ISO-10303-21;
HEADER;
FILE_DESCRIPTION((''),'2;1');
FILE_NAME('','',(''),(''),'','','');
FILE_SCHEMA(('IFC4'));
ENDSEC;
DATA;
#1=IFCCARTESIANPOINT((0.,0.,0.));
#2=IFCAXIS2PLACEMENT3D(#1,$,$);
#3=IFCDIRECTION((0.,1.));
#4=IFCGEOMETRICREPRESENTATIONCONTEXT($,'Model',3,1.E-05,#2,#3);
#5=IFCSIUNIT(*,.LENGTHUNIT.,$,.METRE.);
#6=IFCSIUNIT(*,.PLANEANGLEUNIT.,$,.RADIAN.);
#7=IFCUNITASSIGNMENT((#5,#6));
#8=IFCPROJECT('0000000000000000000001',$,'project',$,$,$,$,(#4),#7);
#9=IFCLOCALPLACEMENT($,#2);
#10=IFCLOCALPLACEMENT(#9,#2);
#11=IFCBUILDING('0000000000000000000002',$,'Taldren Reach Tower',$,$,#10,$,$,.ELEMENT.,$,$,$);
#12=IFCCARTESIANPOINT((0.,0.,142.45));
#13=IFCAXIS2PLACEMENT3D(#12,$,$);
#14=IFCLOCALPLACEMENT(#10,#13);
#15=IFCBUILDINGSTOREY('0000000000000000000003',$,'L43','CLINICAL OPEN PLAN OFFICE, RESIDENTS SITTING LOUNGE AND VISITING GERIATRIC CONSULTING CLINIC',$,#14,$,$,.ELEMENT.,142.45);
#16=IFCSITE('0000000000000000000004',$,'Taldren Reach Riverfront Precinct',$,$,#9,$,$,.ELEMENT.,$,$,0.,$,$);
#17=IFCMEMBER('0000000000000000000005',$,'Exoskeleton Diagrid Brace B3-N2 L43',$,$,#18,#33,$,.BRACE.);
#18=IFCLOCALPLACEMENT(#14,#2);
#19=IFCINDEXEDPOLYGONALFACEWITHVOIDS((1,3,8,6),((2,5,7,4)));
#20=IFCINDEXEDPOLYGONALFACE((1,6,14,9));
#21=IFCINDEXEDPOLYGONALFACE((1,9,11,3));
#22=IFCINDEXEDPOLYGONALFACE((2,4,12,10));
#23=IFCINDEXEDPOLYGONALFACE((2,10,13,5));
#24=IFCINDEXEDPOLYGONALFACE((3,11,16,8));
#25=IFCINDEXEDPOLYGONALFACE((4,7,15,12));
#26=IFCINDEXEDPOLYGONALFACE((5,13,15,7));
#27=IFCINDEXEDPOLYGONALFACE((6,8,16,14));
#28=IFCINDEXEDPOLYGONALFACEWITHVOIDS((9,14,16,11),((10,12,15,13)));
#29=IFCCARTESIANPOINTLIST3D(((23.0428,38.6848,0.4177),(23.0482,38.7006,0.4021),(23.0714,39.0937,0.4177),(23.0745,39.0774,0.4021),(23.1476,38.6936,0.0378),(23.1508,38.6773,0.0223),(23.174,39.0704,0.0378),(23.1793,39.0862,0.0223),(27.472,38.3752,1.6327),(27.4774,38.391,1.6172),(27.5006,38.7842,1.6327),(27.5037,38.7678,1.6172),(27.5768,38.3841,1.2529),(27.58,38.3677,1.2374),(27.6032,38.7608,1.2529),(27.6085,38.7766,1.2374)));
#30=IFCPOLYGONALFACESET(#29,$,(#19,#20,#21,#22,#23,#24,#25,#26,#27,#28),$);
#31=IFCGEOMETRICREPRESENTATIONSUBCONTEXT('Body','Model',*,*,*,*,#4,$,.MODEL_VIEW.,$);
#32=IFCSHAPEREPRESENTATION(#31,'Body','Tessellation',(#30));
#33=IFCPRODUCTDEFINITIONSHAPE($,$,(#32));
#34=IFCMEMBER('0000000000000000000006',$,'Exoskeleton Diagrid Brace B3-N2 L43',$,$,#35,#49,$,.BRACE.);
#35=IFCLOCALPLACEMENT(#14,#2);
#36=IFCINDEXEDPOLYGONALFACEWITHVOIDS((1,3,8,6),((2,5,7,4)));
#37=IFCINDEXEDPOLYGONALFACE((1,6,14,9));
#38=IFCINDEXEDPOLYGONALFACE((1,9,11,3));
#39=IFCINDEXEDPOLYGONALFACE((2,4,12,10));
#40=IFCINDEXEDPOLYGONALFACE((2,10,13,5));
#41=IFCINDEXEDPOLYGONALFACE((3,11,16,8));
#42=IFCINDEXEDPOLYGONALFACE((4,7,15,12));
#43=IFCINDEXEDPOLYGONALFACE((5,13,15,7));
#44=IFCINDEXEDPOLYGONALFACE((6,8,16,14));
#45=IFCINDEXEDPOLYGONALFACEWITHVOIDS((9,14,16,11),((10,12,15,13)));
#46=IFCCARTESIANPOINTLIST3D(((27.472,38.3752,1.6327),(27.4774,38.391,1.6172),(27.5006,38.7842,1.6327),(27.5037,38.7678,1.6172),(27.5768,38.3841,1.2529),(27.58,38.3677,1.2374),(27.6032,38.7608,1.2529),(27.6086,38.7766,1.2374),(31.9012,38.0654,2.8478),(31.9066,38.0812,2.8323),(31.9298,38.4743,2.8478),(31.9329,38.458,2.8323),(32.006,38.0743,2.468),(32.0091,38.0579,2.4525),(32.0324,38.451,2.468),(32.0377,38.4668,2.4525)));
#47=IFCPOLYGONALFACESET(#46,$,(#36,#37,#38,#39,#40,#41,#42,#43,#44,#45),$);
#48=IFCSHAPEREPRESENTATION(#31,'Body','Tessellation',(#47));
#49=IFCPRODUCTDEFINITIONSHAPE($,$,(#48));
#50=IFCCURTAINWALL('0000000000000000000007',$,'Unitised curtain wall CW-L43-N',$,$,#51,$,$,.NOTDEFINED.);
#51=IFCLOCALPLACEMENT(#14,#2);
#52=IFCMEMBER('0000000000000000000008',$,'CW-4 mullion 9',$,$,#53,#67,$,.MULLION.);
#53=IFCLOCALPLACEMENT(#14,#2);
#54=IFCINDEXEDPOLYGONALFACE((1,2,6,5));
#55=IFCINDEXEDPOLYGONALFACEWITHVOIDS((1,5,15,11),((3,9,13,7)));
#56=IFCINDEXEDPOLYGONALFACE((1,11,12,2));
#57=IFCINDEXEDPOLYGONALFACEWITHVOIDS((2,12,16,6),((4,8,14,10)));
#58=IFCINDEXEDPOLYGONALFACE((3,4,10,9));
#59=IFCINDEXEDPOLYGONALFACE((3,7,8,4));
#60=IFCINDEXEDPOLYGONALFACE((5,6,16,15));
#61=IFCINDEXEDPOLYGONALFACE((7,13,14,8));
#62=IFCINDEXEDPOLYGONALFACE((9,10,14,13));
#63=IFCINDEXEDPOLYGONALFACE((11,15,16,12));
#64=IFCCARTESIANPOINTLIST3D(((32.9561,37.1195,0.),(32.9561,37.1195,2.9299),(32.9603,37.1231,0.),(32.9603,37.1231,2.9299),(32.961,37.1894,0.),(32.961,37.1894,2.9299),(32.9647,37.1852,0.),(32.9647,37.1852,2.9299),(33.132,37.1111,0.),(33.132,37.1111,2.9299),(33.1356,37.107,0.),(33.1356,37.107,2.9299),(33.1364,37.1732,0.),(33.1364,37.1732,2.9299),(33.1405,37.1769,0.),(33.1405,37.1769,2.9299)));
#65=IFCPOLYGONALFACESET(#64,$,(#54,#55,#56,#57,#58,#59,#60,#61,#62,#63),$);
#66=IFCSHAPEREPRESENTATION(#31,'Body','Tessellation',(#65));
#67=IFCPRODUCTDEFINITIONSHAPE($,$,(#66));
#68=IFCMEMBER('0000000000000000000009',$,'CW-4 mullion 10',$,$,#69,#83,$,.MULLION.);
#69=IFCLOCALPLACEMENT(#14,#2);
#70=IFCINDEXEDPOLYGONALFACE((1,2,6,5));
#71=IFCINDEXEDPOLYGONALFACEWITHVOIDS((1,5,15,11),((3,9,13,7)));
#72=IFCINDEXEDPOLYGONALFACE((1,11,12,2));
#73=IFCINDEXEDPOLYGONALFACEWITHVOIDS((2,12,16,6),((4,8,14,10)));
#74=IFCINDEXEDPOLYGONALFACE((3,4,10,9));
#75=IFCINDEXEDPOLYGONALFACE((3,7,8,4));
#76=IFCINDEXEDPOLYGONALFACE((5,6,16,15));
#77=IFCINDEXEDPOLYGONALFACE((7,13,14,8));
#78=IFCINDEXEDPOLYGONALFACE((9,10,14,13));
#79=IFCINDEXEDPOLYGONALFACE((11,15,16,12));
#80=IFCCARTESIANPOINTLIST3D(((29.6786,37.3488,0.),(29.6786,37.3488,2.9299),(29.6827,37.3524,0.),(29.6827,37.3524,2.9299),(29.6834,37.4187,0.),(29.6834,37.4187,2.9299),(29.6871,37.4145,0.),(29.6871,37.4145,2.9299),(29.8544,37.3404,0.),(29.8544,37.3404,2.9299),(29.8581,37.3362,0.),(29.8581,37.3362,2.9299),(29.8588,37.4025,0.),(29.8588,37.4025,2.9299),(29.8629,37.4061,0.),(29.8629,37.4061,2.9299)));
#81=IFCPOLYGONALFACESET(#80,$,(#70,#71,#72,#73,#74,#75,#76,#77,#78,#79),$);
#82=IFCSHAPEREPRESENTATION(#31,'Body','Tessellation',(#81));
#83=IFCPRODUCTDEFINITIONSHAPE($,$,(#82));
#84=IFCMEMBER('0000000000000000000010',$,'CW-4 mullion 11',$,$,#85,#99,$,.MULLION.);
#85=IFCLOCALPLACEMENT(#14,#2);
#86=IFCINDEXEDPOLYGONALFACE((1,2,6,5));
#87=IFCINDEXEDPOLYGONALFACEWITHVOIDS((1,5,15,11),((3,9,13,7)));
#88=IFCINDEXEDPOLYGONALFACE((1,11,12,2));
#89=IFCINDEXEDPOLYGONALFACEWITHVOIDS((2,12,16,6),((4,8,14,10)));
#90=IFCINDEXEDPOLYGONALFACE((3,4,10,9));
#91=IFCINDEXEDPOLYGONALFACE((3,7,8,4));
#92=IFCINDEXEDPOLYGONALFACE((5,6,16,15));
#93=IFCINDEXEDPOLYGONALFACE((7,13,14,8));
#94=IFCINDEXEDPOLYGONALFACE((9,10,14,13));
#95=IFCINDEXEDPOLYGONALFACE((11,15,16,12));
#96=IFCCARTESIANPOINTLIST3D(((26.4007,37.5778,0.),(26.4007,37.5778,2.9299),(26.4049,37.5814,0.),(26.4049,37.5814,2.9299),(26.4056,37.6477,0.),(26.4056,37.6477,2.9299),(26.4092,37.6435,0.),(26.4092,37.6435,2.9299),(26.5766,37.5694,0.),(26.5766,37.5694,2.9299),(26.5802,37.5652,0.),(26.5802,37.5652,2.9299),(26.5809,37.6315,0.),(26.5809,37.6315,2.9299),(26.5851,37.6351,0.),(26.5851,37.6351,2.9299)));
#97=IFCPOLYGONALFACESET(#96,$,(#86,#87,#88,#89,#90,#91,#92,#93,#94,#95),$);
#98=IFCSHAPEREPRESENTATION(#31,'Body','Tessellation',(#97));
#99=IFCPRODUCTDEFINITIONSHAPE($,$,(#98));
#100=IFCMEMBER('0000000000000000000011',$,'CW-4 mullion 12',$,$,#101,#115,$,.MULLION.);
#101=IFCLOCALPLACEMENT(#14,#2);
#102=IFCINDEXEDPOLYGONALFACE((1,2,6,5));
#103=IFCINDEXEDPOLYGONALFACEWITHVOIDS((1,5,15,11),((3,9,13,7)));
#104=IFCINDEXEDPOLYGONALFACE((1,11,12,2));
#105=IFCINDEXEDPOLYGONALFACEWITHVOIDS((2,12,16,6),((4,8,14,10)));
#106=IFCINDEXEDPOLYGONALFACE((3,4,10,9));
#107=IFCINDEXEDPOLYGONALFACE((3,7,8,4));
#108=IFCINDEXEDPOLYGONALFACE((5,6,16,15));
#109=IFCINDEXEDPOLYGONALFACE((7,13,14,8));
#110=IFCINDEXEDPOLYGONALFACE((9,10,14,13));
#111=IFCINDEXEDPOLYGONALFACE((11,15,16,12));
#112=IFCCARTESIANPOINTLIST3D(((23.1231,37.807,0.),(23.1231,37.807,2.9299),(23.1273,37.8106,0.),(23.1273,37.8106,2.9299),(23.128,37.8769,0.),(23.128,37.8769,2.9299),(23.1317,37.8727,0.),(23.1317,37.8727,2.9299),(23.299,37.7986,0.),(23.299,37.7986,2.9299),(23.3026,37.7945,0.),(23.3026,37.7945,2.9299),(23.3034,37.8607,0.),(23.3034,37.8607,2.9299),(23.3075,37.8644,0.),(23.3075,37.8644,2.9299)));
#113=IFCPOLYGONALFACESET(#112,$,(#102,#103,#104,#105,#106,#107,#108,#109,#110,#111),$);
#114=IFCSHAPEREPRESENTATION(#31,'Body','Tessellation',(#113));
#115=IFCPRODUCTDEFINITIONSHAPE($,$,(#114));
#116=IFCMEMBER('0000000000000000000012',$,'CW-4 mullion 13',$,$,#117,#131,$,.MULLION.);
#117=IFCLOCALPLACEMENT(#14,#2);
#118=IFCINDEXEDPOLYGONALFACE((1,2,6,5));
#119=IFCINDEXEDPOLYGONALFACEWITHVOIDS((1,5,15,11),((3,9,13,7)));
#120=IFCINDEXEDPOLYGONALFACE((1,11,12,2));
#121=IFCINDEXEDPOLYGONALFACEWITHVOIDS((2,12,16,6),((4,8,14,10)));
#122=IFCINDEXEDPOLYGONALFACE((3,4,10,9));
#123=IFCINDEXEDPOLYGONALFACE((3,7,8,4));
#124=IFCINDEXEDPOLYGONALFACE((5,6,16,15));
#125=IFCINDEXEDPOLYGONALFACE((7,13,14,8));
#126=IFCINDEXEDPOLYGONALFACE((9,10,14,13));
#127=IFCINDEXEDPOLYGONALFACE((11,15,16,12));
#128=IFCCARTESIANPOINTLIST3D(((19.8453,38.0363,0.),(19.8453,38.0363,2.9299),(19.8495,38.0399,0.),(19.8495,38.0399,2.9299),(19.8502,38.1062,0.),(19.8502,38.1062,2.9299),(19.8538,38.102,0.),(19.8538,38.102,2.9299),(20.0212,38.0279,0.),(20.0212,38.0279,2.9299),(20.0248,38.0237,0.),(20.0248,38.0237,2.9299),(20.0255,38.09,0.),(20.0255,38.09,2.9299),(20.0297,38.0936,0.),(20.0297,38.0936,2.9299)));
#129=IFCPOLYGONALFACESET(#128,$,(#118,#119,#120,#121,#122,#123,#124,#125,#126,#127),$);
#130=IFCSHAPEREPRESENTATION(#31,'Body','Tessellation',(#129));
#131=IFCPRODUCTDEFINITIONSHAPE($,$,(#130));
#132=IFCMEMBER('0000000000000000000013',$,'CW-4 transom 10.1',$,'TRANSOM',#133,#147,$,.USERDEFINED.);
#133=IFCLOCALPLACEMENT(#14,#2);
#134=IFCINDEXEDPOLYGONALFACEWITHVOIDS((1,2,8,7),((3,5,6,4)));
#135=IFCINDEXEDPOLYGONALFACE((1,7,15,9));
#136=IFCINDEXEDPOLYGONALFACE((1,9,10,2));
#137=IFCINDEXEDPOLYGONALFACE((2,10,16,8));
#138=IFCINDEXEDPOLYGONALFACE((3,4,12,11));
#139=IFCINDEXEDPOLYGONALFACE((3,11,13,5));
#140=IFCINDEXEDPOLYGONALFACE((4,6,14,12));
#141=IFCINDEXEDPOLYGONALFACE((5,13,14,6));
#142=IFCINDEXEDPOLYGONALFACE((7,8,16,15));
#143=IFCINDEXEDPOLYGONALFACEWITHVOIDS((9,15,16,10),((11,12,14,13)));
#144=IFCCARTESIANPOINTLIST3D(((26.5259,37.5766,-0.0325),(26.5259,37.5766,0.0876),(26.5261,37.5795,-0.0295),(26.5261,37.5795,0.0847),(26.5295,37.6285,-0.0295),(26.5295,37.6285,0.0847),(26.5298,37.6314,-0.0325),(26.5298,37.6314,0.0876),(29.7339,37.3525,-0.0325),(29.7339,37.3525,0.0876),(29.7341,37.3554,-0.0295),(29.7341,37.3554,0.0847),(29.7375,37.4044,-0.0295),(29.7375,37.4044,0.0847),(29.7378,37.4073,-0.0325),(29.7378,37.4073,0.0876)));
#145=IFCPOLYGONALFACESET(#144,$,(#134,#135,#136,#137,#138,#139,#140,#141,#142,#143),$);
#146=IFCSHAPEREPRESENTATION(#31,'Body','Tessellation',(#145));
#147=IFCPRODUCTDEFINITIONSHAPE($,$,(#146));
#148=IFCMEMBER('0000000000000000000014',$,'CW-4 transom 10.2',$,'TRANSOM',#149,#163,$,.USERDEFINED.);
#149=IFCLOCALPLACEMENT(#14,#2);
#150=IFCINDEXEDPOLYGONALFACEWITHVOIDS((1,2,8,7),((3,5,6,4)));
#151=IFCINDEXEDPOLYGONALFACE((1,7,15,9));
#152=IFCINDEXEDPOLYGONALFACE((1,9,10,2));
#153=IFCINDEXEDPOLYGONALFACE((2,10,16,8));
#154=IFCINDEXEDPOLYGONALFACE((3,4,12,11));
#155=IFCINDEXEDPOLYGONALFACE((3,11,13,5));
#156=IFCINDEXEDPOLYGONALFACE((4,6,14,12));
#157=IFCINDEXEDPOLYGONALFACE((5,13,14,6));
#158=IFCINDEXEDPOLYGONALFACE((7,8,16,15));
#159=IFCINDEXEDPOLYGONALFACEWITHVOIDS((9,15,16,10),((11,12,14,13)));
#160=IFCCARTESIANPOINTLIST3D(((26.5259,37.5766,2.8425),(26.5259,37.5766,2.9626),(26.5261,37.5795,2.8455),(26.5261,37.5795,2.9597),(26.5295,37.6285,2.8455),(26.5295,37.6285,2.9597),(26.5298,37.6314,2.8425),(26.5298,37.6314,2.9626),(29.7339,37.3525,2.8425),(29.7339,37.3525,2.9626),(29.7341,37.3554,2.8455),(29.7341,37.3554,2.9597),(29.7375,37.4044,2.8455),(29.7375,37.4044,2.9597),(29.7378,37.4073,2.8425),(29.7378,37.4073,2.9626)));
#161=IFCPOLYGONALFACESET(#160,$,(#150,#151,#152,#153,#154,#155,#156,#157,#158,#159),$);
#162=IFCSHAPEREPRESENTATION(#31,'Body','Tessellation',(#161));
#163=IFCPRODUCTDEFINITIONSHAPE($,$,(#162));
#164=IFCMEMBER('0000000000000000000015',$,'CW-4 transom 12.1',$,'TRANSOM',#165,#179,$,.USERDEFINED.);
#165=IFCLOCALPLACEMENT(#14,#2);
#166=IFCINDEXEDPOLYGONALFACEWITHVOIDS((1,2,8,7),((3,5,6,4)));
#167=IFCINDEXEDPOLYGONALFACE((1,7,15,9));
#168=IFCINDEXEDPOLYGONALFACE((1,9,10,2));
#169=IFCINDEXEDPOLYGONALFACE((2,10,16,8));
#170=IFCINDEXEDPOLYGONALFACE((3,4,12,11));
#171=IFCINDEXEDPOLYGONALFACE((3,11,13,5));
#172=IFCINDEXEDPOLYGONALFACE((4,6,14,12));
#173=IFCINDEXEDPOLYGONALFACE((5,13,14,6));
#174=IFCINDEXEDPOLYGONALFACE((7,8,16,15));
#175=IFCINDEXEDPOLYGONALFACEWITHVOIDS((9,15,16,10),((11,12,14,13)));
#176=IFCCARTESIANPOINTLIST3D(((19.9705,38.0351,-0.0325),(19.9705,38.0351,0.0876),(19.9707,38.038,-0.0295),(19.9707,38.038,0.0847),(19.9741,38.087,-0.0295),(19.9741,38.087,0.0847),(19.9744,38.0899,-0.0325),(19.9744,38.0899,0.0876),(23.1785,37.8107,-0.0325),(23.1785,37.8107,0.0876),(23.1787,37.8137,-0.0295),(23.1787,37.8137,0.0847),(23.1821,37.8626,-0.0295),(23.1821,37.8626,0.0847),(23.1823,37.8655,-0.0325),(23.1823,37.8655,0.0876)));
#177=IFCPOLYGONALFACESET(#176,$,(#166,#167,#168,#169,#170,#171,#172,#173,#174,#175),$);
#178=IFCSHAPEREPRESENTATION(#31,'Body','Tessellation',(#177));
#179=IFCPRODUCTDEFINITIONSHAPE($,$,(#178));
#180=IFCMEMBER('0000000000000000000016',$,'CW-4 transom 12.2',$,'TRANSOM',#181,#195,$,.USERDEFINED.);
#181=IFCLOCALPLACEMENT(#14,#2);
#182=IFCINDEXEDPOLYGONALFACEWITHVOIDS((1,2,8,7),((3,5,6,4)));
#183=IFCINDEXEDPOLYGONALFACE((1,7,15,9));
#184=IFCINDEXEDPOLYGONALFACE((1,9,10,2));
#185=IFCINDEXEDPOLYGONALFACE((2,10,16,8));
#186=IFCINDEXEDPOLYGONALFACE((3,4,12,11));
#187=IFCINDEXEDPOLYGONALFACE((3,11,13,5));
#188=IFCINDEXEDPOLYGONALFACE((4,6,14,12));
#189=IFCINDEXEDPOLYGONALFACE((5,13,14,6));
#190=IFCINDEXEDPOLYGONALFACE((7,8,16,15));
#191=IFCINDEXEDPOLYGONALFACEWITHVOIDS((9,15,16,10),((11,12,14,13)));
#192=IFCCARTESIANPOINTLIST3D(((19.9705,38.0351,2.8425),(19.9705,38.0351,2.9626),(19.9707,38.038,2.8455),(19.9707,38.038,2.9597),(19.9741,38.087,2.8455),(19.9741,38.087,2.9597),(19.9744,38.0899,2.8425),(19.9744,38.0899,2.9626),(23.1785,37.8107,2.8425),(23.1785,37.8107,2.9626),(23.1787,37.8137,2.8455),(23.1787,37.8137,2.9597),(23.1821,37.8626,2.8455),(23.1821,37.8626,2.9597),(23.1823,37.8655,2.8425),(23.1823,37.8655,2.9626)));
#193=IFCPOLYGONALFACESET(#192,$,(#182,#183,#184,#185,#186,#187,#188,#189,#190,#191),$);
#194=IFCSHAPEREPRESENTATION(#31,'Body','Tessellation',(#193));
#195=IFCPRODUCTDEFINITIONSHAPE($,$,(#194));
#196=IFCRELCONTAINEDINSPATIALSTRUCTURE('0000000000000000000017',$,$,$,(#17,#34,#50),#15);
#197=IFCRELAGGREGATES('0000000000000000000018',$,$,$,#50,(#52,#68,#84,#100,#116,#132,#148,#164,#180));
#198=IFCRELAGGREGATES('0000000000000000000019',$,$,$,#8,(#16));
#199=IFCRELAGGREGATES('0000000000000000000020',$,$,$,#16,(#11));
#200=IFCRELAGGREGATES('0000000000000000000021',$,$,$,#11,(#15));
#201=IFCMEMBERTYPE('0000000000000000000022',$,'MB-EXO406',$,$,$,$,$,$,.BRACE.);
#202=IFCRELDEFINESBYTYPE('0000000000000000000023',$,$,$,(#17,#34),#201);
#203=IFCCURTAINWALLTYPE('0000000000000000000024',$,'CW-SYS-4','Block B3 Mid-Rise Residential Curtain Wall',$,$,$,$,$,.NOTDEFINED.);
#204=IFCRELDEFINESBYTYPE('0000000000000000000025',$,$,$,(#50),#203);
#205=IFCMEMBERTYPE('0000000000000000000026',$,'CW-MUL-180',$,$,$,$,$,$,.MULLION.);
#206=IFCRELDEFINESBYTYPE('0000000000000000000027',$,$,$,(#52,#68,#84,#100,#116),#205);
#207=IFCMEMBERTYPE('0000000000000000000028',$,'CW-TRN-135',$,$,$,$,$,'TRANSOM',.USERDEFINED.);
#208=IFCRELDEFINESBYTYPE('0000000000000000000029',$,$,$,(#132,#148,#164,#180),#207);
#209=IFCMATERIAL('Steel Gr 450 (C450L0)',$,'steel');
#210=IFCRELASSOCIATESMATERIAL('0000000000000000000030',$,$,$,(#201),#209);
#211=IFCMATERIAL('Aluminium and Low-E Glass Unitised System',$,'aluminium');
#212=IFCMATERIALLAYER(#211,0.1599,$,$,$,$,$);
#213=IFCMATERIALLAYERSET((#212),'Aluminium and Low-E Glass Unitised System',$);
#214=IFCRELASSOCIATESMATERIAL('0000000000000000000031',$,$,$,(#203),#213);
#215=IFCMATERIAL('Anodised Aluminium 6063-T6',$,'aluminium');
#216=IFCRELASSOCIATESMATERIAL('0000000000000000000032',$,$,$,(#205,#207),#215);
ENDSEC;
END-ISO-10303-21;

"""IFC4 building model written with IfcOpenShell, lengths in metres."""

from ifc_helpers import new_model, si_unit, direction, frame, origin, origin_2d, place, context, subcontext, project, spatial, hollow_rectangle, extrude, source, transform, mapped, material, layer, layer_set, material_profile, profile_set, type_object, element, aggregate, save


model = new_model("IFC4")

# Units and contexts
model_context = context("Model", 3, precision=1e-05, world=origin(), true_north=direction((0.0, 1.0)))
body_context = subcontext(model_context, "Body", "Model", "MODEL_VIEW")
ifc_project = project(units=[si_unit("LENGTHUNIT", "METRE"), si_unit("PLANEANGLEUNIT", "RADIAN")], contexts=[model_context])

# Site, building, storey
site_placement = place(None, origin())
site = spatial("IfcSite", under=ifc_project, at=site_placement, Name="Taldren Reach Riverfront Precinct", CompositionType="ELEMENT", RefElevation=0.0)
building_placement = place(site_placement, origin())
building = spatial("IfcBuilding", under=site, at=building_placement, Name="Taldren Reach Tower", CompositionType="ELEMENT")
storey_placement = place(building_placement, frame((0.0, 0.0, 142.45)))
storey = spatial("IfcBuildingStorey", under=building, at=storey_placement, Name="L43", Description="CLINICAL OPEN PLAN OFFICE, RESIDENTS SITTING LOUNGE AND VISITING GERIATRIC CONSULTING CLINIC", CompositionType="ELEMENT", Elevation=142.45)

# Shared definitions
ifc_material_1 = material(Name="Steel Gr 450 (C450L0)", Category="steel")

# Members
ifc_material_profile_1 = material_profile(ifc_material_1, hollow_rectangle(XDim=0.4099, YDim=0.4099, WallThickness=0.0161, at=origin_2d()), Name="410x410x16.0SHS")
ifc_profile_set_1 = profile_set([ifc_material_profile_1], Name="Steel Gr 450 (C450L0)")
member_type_1 = type_object("IfcMemberType", Name="MB-EXO406", PredefinedType="BRACE", material=ifc_profile_set_1)
shared_shape_1 = source(origin(), body_context, "Body", "SweptSolid", [
    extrude(hollow_rectangle(XDim=0.4099, YDim=0.4099, WallThickness=0.0161, at=origin_2d()), origin(), (0.0, 0.0, 1.0), 4.6033),
])
for number, where, z_axis, x_axis, name in (
    (1, (23.1111, 38.8855, 0.22), (0.962186, -0.06725, 0.263962), (0.069723, 0.997566, 0.0), "Exoskeleton Diagrid Brace B3-N2 L43"),
    (2, (27.5403, 38.5759, 1.4351), (0.962182, -0.067303, 0.263961), (0.069778, 0.997563, 0.0), "Exoskeleton Diagrid Brace B3-N2 L43"),
):
    element("IfcMember", number, at=place(storey_placement, frame(where, z_axis=z_axis, x_axis=x_axis)), inside=storey, type_object=member_type_1, Name=name, PredefinedType="BRACE", context=body_context, shape_type="MappedRepresentation", body=[
        mapped(shared_shape_1, transform((0.0, 0.0, 0.0), scale=1.0)),
    ])

# Curtain wall, members
ifc_material_2 = material(Name="Aluminium and Low-E Glass Unitised System", Category="aluminium")
ifc_layer_1 = layer(ifc_material_2, 0.1599)
ifc_layer_set_1 = layer_set([ifc_layer_1], Name="Aluminium and Low-E Glass Unitised System")
curtain_wall_type = type_object("IfcCurtainWallType", Name="CW-SYS-4", Description="Block B3 Mid-Rise Residential Curtain Wall", PredefinedType="NOTDEFINED", material=ifc_layer_set_1)
curtain_wall_placement = place(storey_placement, origin())
curtain_wall = element("IfcCurtainWall", 3, at=curtain_wall_placement, inside=storey, type_object=curtain_wall_type, Name="Unitised curtain wall CW-L43-N", PredefinedType="NOTDEFINED")
ifc_material_3 = material(Name="Anodised Aluminium 6063-T6", Category="aluminium")
ifc_material_profile_2 = material_profile(ifc_material_3, hollow_rectangle(XDim=0.0701, YDim=0.1799, WallThickness=0.0039, at=origin_2d()), Name="ALU-180x70x4RHS")
ifc_profile_set_2 = profile_set([ifc_material_profile_2], Name="Anodised Aluminium 6063-T6")
member_type_2 = type_object("IfcMemberType", Name="CW-MUL-180", PredefinedType="MULLION", material=ifc_profile_set_2)
shared_shape_2 = source(origin(), body_context, "Body", "SweptSolid", [
    extrude(hollow_rectangle(XDim=0.0701, YDim=0.1799, WallThickness=0.0039, at=origin_2d()), origin(), (0.0, 0.0, 1.0), 2.9299),
])
member_1_placement = place(storey_placement, frame((33.0483, 37.1482, 0.0), z_axis=(0.0, 0.0, 1.0), x_axis=(-0.069757, -0.997564, 0.0)))
member_1 = element("IfcMember", 4, at=member_1_placement, type_object=member_type_2, Name="CW-4 mullion 9", PredefinedType="MULLION", context=body_context, shape_type="MappedRepresentation", body=[
    mapped(shared_shape_2, transform((0.0, 0.0, 0.0), scale=1.0)),
])
member_2_placement = place(storey_placement, frame((29.7708, 37.3774, 0.0), z_axis=(0.0, 0.0, 1.0), x_axis=(-0.069757, -0.997564, 0.0)))
member_2 = element("IfcMember", 5, at=member_2_placement, type_object=member_type_2, Name="CW-4 mullion 10", PredefinedType="MULLION", context=body_context, shape_type="MappedRepresentation", body=[
    mapped(shared_shape_2, transform((0.0, 0.0, 0.0), scale=1.0)),
])
member_3_placement = place(storey_placement, frame((26.4929, 37.6064, 0.0), z_axis=(0.0, 0.0, 1.0), x_axis=(-0.069757, -0.997564, 0.0)))
member_3 = element("IfcMember", 6, at=member_3_placement, type_object=member_type_2, Name="CW-4 mullion 11", PredefinedType="MULLION", context=body_context, shape_type="MappedRepresentation", body=[
    mapped(shared_shape_2, transform((0.0, 0.0, 0.0), scale=1.0)),
])
member_4_placement = place(storey_placement, frame((23.2153, 37.8357, 0.0), z_axis=(0.0, 0.0, 1.0), x_axis=(-0.069757, -0.997564, 0.0)))
member_4 = element("IfcMember", 7, at=member_4_placement, type_object=member_type_2, Name="CW-4 mullion 12", PredefinedType="MULLION", context=body_context, shape_type="MappedRepresentation", body=[
    mapped(shared_shape_2, transform((0.0, 0.0, 0.0), scale=1.0)),
])
member_5_placement = place(storey_placement, frame((19.9375, 38.0649, 0.0), z_axis=(0.0, 0.0, 1.0), x_axis=(-0.069757, -0.997564, 0.0)))
member_5 = element("IfcMember", 8, at=member_5_placement, type_object=member_type_2, Name="CW-4 mullion 13", PredefinedType="MULLION", context=body_context, shape_type="MappedRepresentation", body=[
    mapped(shared_shape_2, transform((0.0, 0.0, 0.0), scale=1.0)),
])
ifc_material_profile_3 = material_profile(ifc_material_3, hollow_rectangle(XDim=0.0549, YDim=0.1201, WallThickness=0.0029, at=origin_2d()), Name="ALU-120x55x3RHS")
ifc_profile_set_3 = profile_set([ifc_material_profile_3], Name="Anodised Aluminium 6063-T6")
member_type_3 = type_object("IfcMemberType", Name="CW-TRN-135", ElementType="TRANSOM", PredefinedType="USERDEFINED", material=ifc_profile_set_3)
shared_shape_3 = source(origin(), body_context, "Body", "SweptSolid", [
    extrude(hollow_rectangle(XDim=0.0549, YDim=0.1201, WallThickness=0.0029, at=origin_2d()), origin(), (0.0, 0.0, 1.0), 3.2158),
])
member_6_placement = place(storey_placement, frame((29.7358, 37.3799, 0.0276), z_axis=(-0.997568, 0.069693, 0.0), x_axis=(-0.069693, -0.997568, 0.0)))
member_6 = element("IfcMember", 9, at=member_6_placement, type_object=member_type_3, Name="CW-4 transom 10.1", ObjectType="TRANSOM", PredefinedType="USERDEFINED", context=body_context, shape_type="MappedRepresentation", body=[
    mapped(shared_shape_3, transform((0.0, 0.0, 0.0), scale=1.0)),
])
member_7_placement = place(storey_placement, frame((29.7358, 37.3799, 2.9026), z_axis=(-0.997568, 0.069693, 0.0), x_axis=(-0.069693, -0.997568, 0.0)))
member_7 = element("IfcMember", 10, at=member_7_placement, type_object=member_type_3, Name="CW-4 transom 10.2", ObjectType="TRANSOM", PredefinedType="USERDEFINED", context=body_context, shape_type="MappedRepresentation", body=[
    mapped(shared_shape_3, transform((0.0, 0.0, 0.0), scale=1.0)),
])
member_8_placement = place(storey_placement, frame((23.1804, 37.8381, 0.0276), z_axis=(-0.997563, 0.069769, 0.0), x_axis=(-0.069769, -0.997563, 0.0)))
member_8 = element("IfcMember", 11, at=member_8_placement, type_object=member_type_3, Name="CW-4 transom 12.1", ObjectType="TRANSOM", PredefinedType="USERDEFINED", context=body_context, shape_type="MappedRepresentation", body=[
    mapped(shared_shape_3, transform((0.0, 0.0, 0.0), scale=1.0)),
])
member_9_placement = place(storey_placement, frame((23.1804, 37.8381, 2.9026), z_axis=(-0.997563, 0.069769, 0.0), x_axis=(-0.069769, -0.997563, 0.0)))
member_9 = element("IfcMember", 12, at=member_9_placement, type_object=member_type_3, Name="CW-4 transom 12.2", ObjectType="TRANSOM", PredefinedType="USERDEFINED", context=body_context, shape_type="MappedRepresentation", body=[
    mapped(shared_shape_3, transform((0.0, 0.0, 0.0), scale=1.0)),
])

aggregate(curtain_wall, [member_1, member_2, member_3, member_4, member_5, member_6, member_7, member_8, member_9])

save(model, "model.ifc")
